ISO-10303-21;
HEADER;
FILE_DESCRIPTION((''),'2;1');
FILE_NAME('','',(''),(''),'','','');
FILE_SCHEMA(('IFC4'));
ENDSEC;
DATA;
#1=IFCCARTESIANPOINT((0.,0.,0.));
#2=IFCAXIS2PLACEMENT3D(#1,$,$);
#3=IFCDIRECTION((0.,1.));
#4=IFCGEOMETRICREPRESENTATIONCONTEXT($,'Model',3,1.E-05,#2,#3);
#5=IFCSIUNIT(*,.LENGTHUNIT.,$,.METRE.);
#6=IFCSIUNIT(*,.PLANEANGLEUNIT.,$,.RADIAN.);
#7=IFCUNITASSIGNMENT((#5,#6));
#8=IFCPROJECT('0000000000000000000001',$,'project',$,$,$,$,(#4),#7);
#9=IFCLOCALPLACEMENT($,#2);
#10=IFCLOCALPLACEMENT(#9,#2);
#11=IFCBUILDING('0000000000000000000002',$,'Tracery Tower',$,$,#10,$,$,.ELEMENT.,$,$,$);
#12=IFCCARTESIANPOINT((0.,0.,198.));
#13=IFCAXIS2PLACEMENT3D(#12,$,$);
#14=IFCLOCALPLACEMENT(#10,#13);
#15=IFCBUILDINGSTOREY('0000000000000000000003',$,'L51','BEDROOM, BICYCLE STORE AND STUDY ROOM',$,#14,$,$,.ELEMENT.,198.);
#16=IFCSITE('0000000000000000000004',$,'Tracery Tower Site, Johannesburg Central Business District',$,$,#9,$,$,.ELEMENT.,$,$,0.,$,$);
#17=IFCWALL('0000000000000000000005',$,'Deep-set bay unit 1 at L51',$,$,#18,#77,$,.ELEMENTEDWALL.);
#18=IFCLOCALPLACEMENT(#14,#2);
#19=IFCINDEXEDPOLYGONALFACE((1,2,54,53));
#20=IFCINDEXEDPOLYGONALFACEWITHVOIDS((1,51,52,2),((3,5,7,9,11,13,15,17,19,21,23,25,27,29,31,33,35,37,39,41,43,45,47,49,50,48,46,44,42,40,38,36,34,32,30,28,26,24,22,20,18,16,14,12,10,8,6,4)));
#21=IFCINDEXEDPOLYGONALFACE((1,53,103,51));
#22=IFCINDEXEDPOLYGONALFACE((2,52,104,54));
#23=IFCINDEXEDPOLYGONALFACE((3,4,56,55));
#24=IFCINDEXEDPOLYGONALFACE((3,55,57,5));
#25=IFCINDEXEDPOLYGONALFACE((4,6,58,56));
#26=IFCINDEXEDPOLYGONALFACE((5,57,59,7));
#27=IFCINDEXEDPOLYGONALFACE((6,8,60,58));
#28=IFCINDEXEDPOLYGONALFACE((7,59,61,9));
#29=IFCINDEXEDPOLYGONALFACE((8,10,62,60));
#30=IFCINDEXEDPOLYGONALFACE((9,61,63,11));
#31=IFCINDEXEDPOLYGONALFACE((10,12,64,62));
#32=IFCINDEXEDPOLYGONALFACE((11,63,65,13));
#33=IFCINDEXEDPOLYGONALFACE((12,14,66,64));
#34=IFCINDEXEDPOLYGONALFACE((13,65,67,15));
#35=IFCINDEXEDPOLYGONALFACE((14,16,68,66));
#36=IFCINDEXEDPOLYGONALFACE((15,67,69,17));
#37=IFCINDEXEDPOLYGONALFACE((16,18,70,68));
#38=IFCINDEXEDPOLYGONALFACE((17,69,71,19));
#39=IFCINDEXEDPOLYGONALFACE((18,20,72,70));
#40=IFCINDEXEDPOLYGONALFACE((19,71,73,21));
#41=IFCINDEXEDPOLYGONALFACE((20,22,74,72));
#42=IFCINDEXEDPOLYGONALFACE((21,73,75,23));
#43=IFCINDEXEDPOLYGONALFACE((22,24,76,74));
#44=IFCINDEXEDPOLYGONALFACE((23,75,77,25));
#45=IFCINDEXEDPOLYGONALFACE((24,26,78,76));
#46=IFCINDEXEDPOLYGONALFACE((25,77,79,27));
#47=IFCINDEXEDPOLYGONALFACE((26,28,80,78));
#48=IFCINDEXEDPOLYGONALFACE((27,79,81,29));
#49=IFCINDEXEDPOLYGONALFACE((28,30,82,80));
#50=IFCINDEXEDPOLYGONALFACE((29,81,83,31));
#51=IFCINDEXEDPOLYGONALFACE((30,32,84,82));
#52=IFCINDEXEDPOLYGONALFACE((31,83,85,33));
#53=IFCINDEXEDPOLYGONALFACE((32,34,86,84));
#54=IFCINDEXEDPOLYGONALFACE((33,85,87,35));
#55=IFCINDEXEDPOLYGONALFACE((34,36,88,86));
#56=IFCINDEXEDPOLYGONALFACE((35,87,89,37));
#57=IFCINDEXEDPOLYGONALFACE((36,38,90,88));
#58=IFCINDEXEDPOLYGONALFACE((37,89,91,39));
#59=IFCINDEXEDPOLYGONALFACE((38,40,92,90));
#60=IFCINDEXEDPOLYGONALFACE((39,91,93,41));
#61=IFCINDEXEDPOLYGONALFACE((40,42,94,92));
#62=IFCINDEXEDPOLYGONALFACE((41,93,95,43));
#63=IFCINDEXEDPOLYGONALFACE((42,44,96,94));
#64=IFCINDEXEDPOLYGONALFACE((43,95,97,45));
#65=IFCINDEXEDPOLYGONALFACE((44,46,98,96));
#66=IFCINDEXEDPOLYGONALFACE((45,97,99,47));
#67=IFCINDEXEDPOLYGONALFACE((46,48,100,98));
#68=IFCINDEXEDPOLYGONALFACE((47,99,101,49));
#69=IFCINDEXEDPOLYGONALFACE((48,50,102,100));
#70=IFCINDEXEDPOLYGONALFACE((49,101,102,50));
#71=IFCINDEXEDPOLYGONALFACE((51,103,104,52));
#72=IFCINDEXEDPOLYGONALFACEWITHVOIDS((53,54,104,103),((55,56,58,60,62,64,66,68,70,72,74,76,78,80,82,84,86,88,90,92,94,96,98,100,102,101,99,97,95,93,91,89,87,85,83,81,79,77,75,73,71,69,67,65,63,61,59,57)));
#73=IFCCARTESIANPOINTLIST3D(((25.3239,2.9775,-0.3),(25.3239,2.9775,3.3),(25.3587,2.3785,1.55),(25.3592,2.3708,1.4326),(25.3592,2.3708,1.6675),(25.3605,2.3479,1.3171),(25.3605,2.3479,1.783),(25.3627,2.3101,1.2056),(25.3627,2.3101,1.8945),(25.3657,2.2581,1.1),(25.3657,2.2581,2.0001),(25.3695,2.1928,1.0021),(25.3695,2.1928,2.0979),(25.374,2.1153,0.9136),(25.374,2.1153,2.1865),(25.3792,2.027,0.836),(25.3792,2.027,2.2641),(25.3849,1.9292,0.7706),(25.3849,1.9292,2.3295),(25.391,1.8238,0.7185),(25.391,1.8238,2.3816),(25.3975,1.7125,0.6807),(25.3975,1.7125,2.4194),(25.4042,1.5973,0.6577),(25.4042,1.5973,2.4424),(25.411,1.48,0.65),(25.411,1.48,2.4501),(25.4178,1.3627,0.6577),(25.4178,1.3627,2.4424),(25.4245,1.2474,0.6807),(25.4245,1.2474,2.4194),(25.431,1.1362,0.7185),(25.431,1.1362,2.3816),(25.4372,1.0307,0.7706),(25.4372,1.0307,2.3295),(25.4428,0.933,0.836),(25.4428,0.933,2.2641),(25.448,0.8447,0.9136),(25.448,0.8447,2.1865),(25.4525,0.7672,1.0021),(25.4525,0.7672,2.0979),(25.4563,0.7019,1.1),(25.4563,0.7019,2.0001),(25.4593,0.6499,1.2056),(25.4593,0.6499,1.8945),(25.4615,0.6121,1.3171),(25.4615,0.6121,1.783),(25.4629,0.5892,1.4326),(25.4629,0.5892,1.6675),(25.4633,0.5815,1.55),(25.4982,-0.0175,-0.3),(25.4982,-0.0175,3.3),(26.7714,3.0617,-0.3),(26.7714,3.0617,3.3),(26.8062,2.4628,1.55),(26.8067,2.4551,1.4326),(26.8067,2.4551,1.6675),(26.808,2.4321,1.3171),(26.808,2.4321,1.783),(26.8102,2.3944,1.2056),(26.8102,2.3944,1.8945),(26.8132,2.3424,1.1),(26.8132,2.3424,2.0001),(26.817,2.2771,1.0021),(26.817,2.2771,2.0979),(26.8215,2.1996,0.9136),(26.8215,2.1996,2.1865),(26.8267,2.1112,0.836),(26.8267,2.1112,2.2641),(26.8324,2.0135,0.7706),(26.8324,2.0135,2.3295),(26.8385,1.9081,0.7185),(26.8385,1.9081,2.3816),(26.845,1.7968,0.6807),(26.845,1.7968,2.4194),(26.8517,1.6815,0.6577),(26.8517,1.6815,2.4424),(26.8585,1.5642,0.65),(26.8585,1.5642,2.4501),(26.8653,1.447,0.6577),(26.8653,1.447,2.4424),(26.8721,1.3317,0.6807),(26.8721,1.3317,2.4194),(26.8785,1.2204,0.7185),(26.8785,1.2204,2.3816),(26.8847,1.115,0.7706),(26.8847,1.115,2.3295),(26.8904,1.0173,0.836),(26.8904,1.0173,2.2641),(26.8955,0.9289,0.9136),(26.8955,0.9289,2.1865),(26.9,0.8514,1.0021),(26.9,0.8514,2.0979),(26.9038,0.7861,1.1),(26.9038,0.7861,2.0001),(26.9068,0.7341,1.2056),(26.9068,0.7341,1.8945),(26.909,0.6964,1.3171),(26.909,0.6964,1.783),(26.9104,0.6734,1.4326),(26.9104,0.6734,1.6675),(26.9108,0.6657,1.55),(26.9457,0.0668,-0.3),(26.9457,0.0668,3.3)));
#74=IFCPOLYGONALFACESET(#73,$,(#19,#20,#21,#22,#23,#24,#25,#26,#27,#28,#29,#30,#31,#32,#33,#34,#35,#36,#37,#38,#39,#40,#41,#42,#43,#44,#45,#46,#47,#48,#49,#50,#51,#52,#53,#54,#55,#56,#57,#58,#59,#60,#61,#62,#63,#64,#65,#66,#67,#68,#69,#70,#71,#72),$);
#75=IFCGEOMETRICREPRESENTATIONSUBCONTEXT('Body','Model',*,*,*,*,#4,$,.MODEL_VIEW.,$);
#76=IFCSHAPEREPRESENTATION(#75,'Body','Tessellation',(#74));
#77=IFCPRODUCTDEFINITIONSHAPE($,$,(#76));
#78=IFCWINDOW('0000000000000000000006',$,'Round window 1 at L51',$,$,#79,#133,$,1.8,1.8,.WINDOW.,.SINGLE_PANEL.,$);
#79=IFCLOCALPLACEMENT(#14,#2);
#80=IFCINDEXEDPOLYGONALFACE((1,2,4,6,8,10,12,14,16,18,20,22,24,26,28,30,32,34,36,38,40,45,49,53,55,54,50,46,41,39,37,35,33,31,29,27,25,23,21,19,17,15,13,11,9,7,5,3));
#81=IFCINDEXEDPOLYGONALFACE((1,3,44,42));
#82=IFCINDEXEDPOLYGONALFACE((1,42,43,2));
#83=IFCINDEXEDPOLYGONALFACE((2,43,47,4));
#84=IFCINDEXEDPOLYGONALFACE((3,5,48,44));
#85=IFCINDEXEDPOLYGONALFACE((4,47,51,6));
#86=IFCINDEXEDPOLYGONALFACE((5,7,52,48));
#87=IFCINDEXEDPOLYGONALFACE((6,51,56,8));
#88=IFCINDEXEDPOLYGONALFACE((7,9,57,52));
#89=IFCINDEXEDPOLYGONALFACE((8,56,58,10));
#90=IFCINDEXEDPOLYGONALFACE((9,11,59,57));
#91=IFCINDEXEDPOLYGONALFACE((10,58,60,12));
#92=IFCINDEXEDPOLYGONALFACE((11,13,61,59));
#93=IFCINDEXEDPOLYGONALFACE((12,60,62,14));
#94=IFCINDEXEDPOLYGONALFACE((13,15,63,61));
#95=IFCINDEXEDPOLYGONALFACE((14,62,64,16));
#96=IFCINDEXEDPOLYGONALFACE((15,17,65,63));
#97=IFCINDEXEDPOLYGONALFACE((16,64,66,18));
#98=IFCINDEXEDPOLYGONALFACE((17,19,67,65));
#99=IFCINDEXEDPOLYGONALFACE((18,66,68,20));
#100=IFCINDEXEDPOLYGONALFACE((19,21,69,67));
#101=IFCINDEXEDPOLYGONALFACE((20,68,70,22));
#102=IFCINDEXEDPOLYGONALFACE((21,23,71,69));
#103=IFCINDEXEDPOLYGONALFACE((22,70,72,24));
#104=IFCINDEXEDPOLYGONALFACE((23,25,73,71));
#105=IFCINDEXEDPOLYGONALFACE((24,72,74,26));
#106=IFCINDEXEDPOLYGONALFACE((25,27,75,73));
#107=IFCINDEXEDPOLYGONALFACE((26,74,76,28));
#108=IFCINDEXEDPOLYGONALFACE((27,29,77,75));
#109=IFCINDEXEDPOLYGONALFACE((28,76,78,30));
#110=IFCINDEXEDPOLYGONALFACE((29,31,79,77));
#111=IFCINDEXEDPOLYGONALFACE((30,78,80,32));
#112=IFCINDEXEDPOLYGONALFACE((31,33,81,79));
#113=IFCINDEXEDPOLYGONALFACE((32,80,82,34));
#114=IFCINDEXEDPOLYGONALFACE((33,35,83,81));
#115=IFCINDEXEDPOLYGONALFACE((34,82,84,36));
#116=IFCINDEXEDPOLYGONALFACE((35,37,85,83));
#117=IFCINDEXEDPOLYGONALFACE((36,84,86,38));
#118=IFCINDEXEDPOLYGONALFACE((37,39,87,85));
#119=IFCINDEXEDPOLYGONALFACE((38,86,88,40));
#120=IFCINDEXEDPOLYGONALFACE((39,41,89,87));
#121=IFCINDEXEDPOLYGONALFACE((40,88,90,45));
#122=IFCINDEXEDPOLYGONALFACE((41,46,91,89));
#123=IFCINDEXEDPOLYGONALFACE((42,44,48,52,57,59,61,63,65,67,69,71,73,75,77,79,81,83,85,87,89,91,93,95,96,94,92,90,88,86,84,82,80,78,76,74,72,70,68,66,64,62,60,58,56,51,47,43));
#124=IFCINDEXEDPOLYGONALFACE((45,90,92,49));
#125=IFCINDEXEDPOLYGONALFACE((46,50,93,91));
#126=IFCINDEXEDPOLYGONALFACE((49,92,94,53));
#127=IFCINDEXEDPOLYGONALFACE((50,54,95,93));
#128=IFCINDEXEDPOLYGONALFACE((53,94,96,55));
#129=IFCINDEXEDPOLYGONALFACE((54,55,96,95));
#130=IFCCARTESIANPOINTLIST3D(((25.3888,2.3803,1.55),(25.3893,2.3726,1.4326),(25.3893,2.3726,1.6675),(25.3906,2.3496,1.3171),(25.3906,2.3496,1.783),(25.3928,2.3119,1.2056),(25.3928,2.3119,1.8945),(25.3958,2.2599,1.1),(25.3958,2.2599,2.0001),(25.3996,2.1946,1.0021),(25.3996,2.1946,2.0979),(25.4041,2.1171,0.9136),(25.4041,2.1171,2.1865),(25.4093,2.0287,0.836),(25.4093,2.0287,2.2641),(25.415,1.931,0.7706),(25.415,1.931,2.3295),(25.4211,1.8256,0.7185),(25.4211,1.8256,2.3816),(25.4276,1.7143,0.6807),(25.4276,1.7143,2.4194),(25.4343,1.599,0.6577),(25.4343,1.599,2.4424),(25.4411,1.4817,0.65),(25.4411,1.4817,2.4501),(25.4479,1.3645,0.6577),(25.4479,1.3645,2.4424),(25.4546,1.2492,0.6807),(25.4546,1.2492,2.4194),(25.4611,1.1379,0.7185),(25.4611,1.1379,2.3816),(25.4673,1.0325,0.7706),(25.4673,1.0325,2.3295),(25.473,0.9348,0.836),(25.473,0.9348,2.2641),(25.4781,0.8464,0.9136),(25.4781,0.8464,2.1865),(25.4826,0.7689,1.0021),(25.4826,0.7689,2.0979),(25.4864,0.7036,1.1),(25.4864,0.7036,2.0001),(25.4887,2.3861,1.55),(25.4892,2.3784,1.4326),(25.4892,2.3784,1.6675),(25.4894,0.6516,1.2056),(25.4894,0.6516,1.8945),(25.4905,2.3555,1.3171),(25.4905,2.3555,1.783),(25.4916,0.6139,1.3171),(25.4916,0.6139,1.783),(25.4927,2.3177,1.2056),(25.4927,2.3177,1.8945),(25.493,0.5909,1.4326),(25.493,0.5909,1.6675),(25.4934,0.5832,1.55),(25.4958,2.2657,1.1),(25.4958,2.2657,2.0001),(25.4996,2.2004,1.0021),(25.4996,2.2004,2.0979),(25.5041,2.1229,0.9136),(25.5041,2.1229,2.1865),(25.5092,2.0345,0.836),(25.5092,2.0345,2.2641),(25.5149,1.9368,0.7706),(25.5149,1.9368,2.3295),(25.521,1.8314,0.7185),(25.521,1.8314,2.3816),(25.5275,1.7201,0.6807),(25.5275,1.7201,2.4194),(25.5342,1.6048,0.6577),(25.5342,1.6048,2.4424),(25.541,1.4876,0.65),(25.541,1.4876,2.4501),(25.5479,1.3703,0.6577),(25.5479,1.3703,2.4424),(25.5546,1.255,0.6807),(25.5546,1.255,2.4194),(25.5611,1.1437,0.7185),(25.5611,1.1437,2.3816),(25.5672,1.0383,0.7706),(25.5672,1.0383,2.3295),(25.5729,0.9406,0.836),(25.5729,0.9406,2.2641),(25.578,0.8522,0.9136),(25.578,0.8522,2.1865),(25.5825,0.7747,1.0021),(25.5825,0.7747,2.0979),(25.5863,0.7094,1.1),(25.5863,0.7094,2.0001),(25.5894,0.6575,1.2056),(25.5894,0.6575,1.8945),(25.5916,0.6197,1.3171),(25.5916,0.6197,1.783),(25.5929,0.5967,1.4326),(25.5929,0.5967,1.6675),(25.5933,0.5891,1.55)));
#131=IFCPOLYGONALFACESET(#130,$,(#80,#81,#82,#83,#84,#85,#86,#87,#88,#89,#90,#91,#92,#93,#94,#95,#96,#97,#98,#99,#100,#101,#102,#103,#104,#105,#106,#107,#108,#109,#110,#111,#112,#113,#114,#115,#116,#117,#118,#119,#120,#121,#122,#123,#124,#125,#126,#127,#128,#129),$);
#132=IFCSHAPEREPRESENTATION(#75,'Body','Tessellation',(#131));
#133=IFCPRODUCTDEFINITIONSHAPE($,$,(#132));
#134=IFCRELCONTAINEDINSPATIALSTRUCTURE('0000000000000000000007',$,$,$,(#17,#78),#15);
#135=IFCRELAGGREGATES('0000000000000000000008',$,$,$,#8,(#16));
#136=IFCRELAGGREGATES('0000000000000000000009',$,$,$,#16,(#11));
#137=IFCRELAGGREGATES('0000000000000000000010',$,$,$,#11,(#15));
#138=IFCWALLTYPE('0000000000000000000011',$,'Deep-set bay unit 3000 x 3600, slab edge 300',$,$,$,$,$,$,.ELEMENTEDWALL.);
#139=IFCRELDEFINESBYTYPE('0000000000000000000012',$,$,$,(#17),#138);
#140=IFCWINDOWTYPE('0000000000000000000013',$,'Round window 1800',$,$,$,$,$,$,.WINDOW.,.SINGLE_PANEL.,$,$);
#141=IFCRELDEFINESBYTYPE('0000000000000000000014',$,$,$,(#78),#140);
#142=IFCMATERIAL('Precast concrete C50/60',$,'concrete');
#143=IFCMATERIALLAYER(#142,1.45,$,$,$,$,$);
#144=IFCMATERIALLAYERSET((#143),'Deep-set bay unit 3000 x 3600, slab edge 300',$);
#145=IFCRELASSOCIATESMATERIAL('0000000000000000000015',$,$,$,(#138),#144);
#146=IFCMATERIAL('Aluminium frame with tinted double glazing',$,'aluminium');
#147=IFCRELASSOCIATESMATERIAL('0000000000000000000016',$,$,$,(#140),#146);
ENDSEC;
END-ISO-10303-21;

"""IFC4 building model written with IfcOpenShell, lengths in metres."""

from ifc_helpers import new_model, si_unit, direction, frame, frame_2d, origin, origin_2d, place, context, subcontext, project, spatial, rectangle, circle, extrude, material, layer, layer_set, type_object, element, fill, save


model = new_model("IFC4")

# Units and contexts
model_context = context("Model", 3, precision=1e-05, world=origin(), true_north=direction((0.0, 1.0)))
body_context = subcontext(model_context, "Body", "Model", "MODEL_VIEW")
ifc_project = project(units=[si_unit("LENGTHUNIT", "METRE"), si_unit("PLANEANGLEUNIT", "RADIAN")], contexts=[model_context])

# Site, building, storey
site_placement = place(None, origin())
site = spatial("IfcSite", under=ifc_project, at=site_placement, Name="Tracery Tower Site, Johannesburg Central Business District", CompositionType="ELEMENT", RefElevation=0.0)
building_placement = place(site_placement, origin())
building = spatial("IfcBuilding", under=site, at=building_placement, Name="Tracery Tower", CompositionType="ELEMENT")
storey_placement = place(building_placement, frame((0.0, 0.0, 198.0)))
storey = spatial("IfcBuildingStorey", under=building, at=storey_placement, Name="L51", Description="BEDROOM, BICYCLE STORE AND STUDY ROOM", CompositionType="ELEMENT", Elevation=198.0)

# Wall, opening, window
ifc_material_1 = material(Name="Precast concrete C50/60", Category="concrete")
ifc_layer_1 = layer(ifc_material_1, 1.45)
ifc_layer_set_1 = layer_set([ifc_layer_1], Name="Deep-set bay unit 3000 x 3600, slab edge 300")
wall_type_1 = type_object("IfcWallType", Name="Deep-set bay unit 3000 x 3600, slab edge 300", PredefinedType="ELEMENTEDWALL", material=ifc_layer_set_1)
wall_1_placement = place(storey_placement, frame((26.2219, 0.0247, -0.3), z_axis=(0.0, 0.0, 1.0), x_axis=(-0.058107, 0.99831, 0.0)))
wall_1 = element("IfcWall", 1, at=wall_1_placement, inside=storey, type_object=wall_type_1, Name="Deep-set bay unit 1 at L51", PredefinedType="ELEMENTEDWALL", context=body_context, shape_type="SweptSolid", body=[
    extrude(rectangle(XDim=3.0, YDim=1.45, at=frame_2d((1.5, 0.0))), origin(), (0.0, 0.0, 1.0), 3.6001),
])
opening_1_placement = place(wall_1_placement, frame((1.5, 0.0, 1.8501)))
opening_1 = element("IfcOpeningElement", 2, at=opening_1_placement, cuts=wall_1, PredefinedType="OPENING", context=body_context, shape_type="SweptSolid", body=[
    extrude(circle(Radius=0.9, at=origin_2d()), frame((0.0, 0.7349, 0.0), z_axis=(0.0, -1.0, 0.0), x_axis=(1.0, 0.0, 0.0)), (0.0, 0.0, 1.0), 1.47),
])
ifc_material_2 = material(Name="Aluminium frame with tinted double glazing", Category="aluminium")
window_type = type_object("IfcWindowType", Name="Round window 1800", PartitioningType="SINGLE_PANEL", PredefinedType="WINDOW", material=ifc_material_2)
window_1_placement = place(opening_1_placement, origin())
window_1 = element("IfcWindow", 3, at=window_1_placement, inside=storey, type_object=window_type, Name="Round window 1 at L51", OverallHeight=1.8, OverallWidth=1.8, PartitioningType="SINGLE_PANEL", PredefinedType="WINDOW", context=body_context, shape_type="SweptSolid", body=[
    extrude(circle(Radius=0.9, at=origin_2d()), frame((0.0, 0.6948, 0.0), z_axis=(0.0, -1.0, 0.0), x_axis=(1.0, 0.0, 0.0)), (0.0, 0.0, 1.0), 0.1001),
])
fill(opening_1, window_1)

save(model, "model.ifc")
